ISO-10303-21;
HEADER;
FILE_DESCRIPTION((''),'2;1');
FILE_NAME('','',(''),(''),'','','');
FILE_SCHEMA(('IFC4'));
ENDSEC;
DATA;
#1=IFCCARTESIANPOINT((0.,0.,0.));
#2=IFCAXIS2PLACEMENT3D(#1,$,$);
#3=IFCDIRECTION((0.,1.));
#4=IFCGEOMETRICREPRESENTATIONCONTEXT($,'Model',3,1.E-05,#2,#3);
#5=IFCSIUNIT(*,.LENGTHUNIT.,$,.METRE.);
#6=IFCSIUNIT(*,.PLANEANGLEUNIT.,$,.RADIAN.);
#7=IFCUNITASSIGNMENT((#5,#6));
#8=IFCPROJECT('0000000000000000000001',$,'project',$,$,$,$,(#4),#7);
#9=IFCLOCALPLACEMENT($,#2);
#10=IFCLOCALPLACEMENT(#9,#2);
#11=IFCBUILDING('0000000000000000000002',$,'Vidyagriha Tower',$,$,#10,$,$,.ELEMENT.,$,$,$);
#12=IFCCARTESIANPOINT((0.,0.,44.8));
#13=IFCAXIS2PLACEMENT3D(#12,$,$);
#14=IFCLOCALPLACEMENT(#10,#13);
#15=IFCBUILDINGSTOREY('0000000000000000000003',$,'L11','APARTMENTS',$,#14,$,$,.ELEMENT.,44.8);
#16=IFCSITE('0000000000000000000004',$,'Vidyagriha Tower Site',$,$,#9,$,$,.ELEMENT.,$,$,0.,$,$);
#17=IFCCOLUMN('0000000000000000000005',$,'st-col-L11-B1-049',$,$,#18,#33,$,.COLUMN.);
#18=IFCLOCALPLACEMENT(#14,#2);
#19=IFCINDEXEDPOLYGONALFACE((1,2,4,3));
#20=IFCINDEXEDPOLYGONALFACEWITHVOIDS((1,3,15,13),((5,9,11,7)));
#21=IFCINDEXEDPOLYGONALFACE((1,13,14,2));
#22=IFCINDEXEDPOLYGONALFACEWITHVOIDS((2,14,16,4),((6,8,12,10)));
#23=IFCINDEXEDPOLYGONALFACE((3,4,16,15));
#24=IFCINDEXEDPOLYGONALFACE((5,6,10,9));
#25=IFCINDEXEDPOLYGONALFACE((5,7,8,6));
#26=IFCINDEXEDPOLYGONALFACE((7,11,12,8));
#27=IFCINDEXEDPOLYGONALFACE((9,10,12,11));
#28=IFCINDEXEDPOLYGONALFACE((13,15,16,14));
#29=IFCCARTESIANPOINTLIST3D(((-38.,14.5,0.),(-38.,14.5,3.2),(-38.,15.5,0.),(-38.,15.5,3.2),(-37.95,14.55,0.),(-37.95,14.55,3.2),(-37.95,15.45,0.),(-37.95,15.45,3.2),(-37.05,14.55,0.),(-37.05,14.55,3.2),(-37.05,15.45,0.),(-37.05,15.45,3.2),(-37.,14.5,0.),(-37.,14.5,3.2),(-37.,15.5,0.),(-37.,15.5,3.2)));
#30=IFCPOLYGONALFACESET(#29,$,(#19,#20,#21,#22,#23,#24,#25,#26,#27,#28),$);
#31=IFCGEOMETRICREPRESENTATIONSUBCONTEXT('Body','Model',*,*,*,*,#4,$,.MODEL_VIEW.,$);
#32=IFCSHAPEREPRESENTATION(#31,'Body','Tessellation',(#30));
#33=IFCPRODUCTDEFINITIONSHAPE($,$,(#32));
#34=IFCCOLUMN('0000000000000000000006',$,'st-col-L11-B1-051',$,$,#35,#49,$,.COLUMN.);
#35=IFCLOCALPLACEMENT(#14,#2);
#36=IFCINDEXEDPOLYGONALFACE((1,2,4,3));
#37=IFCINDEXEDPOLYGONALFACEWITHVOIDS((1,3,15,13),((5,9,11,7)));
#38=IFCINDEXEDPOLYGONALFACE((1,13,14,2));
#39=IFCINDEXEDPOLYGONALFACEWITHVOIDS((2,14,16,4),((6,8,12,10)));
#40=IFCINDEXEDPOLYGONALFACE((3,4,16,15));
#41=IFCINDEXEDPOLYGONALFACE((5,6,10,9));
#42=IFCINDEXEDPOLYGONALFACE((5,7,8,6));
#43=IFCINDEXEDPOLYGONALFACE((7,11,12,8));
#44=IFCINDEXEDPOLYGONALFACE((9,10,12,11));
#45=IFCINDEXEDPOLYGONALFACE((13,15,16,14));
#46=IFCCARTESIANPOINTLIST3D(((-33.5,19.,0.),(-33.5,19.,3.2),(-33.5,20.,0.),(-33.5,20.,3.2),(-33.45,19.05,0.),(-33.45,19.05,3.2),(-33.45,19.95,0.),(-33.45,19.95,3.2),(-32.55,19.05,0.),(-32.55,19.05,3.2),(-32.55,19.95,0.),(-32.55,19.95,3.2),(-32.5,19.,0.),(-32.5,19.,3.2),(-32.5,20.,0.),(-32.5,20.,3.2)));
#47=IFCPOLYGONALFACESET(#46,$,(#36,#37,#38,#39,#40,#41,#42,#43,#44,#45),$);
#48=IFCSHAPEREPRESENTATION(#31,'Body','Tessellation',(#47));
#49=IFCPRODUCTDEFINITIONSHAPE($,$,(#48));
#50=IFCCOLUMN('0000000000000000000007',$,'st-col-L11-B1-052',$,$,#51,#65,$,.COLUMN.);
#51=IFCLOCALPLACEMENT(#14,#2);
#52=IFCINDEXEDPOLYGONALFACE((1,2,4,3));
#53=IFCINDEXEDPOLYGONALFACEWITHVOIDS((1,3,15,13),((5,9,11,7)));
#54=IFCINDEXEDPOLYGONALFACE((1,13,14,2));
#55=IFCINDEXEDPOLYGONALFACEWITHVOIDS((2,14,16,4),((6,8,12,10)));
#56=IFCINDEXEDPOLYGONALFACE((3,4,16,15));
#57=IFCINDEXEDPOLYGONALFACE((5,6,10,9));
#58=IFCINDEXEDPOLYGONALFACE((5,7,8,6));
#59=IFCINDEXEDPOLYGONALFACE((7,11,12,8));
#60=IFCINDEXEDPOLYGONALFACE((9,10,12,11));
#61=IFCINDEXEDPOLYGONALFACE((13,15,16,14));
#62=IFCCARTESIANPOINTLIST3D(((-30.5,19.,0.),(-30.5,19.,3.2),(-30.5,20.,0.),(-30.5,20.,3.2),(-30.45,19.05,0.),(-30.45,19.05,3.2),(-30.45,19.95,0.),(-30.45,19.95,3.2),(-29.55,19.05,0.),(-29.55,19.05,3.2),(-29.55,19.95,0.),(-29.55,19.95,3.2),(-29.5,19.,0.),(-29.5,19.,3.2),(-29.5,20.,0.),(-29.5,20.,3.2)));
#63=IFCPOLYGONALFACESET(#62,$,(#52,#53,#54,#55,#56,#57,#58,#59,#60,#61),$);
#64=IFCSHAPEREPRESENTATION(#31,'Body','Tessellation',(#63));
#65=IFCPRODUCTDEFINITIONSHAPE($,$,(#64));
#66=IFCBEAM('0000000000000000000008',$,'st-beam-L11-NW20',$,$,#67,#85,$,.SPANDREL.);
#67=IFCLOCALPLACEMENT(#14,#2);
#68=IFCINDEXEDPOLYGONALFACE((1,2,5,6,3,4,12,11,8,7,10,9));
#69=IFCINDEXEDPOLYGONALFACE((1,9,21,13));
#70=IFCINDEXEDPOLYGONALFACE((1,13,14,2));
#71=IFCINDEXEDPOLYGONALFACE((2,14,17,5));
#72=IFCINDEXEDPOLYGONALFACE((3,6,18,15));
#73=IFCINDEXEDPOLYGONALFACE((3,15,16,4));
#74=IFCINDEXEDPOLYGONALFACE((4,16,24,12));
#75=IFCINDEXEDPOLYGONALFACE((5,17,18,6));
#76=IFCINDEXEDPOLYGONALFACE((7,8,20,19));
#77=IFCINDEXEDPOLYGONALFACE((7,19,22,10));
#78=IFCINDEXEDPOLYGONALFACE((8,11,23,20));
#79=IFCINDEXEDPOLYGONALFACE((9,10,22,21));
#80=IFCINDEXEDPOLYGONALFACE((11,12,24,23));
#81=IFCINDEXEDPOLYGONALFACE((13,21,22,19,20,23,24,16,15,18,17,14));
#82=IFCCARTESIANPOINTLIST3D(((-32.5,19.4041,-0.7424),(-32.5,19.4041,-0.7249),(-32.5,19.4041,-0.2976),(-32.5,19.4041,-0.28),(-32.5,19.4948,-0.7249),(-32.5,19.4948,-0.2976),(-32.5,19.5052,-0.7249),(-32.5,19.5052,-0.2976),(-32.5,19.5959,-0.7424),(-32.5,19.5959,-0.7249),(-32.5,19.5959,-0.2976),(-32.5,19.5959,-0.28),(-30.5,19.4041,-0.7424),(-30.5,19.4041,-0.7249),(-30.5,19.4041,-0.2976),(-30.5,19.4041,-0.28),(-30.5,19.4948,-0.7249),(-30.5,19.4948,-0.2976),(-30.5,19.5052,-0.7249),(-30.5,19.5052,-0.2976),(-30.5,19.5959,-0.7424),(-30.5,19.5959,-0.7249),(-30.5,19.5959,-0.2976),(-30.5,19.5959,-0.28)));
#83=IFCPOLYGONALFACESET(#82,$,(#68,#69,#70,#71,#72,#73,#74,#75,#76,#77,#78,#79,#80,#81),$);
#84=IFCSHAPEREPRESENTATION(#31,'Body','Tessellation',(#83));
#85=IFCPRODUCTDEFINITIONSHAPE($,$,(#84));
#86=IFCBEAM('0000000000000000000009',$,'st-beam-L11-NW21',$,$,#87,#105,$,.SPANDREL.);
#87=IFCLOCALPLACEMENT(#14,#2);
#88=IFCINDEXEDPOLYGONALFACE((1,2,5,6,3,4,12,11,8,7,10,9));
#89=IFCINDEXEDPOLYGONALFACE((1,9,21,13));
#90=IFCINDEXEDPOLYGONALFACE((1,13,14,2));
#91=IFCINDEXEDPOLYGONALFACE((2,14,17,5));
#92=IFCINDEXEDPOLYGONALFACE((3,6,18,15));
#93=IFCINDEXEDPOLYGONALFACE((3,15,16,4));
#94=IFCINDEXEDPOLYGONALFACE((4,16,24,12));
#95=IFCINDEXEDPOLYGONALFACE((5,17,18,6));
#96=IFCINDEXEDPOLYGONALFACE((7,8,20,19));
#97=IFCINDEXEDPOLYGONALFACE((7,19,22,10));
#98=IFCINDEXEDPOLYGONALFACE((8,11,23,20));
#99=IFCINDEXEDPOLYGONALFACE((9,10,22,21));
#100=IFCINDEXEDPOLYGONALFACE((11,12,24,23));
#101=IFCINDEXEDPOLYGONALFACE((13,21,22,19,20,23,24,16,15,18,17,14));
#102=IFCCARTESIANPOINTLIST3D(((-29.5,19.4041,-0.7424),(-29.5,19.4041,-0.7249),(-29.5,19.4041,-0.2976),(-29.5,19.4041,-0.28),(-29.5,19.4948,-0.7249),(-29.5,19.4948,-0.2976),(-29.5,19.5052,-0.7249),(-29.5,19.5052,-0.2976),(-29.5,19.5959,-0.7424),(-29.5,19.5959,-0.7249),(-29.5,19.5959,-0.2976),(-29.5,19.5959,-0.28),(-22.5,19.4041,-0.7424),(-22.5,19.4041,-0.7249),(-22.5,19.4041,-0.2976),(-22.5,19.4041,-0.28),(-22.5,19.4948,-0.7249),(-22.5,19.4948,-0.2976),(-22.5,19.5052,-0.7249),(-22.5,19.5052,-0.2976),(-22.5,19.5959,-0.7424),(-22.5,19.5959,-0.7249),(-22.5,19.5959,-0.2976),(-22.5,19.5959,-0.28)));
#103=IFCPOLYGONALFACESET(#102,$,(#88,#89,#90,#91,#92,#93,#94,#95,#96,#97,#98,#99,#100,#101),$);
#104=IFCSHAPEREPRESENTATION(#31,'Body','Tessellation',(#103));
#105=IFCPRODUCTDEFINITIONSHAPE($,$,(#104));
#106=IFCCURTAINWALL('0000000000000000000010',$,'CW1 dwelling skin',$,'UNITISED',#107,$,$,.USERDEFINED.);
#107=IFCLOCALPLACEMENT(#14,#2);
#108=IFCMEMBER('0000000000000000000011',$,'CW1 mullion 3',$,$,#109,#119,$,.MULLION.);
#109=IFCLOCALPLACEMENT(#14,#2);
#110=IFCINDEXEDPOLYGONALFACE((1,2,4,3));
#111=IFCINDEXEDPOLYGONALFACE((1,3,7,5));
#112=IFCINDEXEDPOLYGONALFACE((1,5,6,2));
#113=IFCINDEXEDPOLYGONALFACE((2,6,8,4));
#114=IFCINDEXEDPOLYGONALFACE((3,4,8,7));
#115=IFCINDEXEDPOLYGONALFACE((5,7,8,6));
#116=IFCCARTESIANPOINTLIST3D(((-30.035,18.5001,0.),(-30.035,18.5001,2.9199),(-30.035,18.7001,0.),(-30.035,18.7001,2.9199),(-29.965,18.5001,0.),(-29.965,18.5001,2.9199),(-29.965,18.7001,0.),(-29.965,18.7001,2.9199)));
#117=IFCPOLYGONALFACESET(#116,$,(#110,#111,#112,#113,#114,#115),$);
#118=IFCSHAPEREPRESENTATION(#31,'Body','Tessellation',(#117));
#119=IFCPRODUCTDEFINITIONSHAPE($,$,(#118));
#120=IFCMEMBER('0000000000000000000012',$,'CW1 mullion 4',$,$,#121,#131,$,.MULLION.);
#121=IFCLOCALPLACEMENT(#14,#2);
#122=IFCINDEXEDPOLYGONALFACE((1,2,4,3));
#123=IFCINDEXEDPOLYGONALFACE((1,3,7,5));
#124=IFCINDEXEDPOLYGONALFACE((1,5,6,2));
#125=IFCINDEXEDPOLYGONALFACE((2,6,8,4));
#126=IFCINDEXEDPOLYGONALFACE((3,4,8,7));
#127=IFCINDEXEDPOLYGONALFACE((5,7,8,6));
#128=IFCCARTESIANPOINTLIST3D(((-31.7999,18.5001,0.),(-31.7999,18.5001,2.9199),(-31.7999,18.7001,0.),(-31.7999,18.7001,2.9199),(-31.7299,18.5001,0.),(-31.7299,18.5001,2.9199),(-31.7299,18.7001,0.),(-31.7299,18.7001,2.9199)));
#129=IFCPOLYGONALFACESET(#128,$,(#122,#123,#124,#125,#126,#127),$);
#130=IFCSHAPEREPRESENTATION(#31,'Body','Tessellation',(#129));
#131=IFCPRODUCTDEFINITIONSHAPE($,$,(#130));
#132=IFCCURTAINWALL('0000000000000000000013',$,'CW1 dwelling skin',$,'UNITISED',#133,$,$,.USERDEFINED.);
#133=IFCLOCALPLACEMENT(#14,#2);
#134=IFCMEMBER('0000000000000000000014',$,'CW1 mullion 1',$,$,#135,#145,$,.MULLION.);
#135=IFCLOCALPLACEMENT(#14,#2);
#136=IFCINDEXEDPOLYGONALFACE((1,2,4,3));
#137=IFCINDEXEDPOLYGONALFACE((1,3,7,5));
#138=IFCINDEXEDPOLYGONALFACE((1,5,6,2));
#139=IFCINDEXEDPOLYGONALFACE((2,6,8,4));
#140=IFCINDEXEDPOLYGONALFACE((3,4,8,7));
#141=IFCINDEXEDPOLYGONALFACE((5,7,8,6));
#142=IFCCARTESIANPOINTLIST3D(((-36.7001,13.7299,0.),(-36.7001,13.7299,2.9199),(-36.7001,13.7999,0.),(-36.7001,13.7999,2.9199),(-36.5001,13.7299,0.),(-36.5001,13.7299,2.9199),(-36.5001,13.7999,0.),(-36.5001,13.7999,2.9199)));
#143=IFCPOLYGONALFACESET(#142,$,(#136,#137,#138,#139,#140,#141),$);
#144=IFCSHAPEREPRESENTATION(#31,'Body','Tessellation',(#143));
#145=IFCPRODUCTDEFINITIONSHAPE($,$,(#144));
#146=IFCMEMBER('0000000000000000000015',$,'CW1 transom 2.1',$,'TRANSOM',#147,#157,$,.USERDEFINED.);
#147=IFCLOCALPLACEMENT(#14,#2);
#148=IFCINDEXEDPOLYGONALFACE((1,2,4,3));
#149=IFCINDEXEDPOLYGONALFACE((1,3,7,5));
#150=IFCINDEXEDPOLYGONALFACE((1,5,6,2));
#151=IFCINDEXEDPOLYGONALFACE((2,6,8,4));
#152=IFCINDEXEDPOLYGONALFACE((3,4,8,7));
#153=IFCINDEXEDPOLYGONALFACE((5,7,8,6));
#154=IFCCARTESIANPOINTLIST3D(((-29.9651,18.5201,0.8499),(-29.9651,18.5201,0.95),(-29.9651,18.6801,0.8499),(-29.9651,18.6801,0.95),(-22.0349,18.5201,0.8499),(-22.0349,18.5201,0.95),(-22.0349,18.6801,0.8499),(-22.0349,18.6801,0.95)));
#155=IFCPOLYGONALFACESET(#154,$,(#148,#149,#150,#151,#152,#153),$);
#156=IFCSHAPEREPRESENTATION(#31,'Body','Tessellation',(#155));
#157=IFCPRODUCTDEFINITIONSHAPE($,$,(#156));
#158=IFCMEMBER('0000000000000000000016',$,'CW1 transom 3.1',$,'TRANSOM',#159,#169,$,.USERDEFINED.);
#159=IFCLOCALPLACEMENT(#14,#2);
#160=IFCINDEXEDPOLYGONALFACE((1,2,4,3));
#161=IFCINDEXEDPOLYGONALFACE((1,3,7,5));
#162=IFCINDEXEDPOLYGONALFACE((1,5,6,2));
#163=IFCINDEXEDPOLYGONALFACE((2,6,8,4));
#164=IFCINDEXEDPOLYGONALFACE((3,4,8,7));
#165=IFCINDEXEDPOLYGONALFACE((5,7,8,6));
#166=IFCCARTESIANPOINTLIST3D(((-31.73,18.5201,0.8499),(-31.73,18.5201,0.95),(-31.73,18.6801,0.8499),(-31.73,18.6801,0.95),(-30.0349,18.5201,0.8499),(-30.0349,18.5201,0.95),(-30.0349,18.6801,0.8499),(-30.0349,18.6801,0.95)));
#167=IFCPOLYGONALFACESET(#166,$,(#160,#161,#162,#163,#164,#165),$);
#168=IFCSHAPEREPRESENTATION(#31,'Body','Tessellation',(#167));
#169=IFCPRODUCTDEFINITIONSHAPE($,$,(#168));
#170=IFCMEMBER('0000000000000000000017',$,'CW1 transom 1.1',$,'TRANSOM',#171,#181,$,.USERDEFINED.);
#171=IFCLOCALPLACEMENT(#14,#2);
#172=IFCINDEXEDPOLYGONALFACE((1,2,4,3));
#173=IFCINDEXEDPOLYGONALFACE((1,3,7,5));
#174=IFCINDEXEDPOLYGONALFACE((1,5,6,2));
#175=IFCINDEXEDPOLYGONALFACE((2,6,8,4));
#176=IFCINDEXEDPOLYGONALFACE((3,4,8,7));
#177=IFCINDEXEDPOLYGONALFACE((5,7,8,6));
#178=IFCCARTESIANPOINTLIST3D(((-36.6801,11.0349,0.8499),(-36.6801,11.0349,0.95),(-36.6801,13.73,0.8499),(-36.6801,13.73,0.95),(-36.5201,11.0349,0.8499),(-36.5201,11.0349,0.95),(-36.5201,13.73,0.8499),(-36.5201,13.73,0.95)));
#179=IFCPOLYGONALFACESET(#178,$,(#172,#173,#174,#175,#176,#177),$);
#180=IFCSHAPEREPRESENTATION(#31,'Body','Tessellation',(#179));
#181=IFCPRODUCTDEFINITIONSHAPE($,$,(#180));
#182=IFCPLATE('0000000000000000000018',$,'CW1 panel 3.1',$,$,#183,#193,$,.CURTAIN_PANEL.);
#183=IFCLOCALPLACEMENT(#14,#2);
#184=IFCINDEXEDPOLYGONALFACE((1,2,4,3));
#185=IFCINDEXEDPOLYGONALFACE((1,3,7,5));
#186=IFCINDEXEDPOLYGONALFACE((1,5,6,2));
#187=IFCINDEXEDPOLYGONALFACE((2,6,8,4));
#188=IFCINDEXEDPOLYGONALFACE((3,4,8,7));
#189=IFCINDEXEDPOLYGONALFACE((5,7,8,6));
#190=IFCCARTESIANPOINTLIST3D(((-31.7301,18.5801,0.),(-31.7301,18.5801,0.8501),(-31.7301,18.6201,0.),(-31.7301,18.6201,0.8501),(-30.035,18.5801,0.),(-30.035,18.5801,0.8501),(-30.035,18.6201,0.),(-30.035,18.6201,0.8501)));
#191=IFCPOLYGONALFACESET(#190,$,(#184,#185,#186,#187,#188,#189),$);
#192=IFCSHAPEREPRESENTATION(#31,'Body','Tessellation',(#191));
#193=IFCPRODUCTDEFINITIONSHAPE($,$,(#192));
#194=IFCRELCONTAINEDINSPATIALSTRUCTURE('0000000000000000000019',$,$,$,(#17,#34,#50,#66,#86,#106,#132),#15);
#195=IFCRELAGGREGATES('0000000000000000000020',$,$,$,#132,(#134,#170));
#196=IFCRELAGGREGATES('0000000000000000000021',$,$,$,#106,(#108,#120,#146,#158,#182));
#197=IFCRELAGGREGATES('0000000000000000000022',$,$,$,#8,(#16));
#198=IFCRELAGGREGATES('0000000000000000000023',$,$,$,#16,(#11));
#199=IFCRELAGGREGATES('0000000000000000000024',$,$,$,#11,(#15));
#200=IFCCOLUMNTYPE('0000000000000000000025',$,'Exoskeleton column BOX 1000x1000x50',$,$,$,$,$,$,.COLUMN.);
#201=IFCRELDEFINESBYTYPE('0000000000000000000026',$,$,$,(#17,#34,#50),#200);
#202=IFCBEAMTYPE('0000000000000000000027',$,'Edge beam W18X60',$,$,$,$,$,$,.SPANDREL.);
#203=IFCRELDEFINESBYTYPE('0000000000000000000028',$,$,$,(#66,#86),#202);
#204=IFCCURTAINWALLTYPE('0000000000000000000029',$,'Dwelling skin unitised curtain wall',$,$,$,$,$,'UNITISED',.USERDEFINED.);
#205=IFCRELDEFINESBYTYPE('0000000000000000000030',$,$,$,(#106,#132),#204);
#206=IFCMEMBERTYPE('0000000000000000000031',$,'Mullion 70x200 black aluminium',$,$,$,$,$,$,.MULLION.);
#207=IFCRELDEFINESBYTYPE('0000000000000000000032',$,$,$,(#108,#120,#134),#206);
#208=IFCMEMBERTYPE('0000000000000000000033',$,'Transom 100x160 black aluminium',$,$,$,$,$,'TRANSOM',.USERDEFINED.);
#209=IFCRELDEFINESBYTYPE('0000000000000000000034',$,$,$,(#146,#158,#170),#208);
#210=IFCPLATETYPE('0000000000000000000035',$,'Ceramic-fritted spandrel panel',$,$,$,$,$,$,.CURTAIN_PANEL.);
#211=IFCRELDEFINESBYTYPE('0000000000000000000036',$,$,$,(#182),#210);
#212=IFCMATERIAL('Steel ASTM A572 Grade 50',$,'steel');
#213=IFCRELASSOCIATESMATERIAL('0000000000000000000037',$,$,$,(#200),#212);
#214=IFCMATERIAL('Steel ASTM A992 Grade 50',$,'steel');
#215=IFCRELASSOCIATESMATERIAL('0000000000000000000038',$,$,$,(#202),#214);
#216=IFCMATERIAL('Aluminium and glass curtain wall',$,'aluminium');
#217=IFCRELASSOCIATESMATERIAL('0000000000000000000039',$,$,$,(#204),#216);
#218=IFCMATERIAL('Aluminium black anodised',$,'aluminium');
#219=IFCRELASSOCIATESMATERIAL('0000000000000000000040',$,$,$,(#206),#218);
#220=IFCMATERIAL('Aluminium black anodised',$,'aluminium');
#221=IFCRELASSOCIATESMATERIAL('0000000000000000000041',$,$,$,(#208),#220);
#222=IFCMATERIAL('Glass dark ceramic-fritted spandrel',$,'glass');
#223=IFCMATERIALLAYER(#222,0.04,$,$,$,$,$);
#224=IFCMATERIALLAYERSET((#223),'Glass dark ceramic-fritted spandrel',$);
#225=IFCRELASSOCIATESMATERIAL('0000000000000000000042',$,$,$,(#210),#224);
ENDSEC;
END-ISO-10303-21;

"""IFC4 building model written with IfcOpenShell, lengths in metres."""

from ifc_helpers import new_model, si_unit, direction, frame, origin, origin_2d, place, context, subcontext, project, spatial, rectangle, hollow_rectangle, i_section, extrude, material, layer, layer_set, material_profile, profile_set, type_object, element, aggregate, save


model = new_model("IFC4")

# Units and contexts
model_context = context("Model", 3, precision=1e-05, world=origin(), true_north=direction((0.0, 1.0)))
body_context = subcontext(model_context, "Body", "Model", "MODEL_VIEW")
ifc_project = project(units=[si_unit("LENGTHUNIT", "METRE"), si_unit("PLANEANGLEUNIT", "RADIAN")], contexts=[model_context])

# Site, building, storey
site_placement = place(None, origin())
site = spatial("IfcSite", under=ifc_project, at=site_placement, Name="Vidyagriha Tower Site", CompositionType="ELEMENT", RefElevation=0.0)
building_placement = place(site_placement, origin())
building = spatial("IfcBuilding", under=site, at=building_placement, Name="Vidyagriha Tower", CompositionType="ELEMENT")
storey_placement = place(building_placement, frame((0.0, 0.0, 44.8)))
storey = spatial("IfcBuildingStorey", under=building, at=storey_placement, Name="L11", Description="APARTMENTS", CompositionType="ELEMENT", Elevation=44.8)

# Columns
ifc_material_1 = material(Name="Steel ASTM A572 Grade 50", Category="steel")
ifc_material_profile_1 = material_profile(ifc_material_1, hollow_rectangle(XDim=1.0, YDim=1.0, WallThickness=0.05, at=origin_2d()), Name="BOX 1000x1000x50")
ifc_profile_set_1 = profile_set([ifc_material_profile_1], Name="Steel ASTM A572 Grade 50")
column_type = type_object("IfcColumnType", Name="Exoskeleton column BOX 1000x1000x50", PredefinedType="COLUMN", material=ifc_profile_set_1)
for number, where, name in (
    (1, (-37.5, 15.0, 0.0), "st-col-L11-B1-049"),
    (2, (-33.0, 19.5, 0.0), "st-col-L11-B1-051"),
    (3, (-30.0, 19.5, 0.0), "st-col-L11-B1-052"),
):
    element("IfcColumn", number, at=place(storey_placement, frame(where)), inside=storey, type_object=column_type, Name=name, PredefinedType="COLUMN", context=body_context, shape_type="SweptSolid", body=[
        extrude(hollow_rectangle(XDim=1.0, YDim=1.0, WallThickness=0.05, at=origin_2d()), origin(), (0.0, 0.0, 1.0), 3.2),
    ])

# Beams
ifc_material_2 = material(Name="Steel ASTM A992 Grade 50", Category="steel")
ifc_material_profile_2 = material_profile(ifc_material_2, i_section(OverallWidth=0.1919, OverallDepth=0.4624, WebThickness=0.0105, FlangeThickness=0.0176, at=origin_2d()), Name="W18X60")
ifc_profile_set_2 = profile_set([ifc_material_profile_2], Name="Steel ASTM A992 Grade 50")
beam_type = type_object("IfcBeamType", Name="Edge beam W18X60", PredefinedType="SPANDREL", material=ifc_profile_set_2)
beam_1_placement = place(storey_placement, frame((-32.5, 19.5, -0.5112), z_axis=(1.0, 0.0, 0.0), x_axis=(0.0, 1.0, 0.0)))
element("IfcBeam", 4, at=beam_1_placement, inside=storey, type_object=beam_type, Name="st-beam-L11-NW20", PredefinedType="SPANDREL", context=body_context, shape_type="SweptSolid", body=[
    extrude(i_section(OverallWidth=0.1919, OverallDepth=0.4624, WebThickness=0.0105, FlangeThickness=0.0176, at=origin_2d()), origin(), (0.0, 0.0, 1.0), 2.0),
])
beam_2_placement = place(storey_placement, frame((-29.5, 19.5, -0.5112), z_axis=(1.0, 0.0, 0.0), x_axis=(0.0, 1.0, 0.0)))
element("IfcBeam", 5, at=beam_2_placement, inside=storey, type_object=beam_type, Name="st-beam-L11-NW21", PredefinedType="SPANDREL", context=body_context, shape_type="SweptSolid", body=[
    extrude(i_section(OverallWidth=0.1919, OverallDepth=0.4624, WebThickness=0.0105, FlangeThickness=0.0176, at=origin_2d()), origin(), (0.0, 0.0, 1.0), 7.0),
])

# Curtain wall, members
ifc_material_3 = material(Name="Aluminium and glass curtain wall", Category="aluminium")
curtain_wall_type = type_object("IfcCurtainWallType", Name="Dwelling skin unitised curtain wall", ElementType="UNITISED", PredefinedType="USERDEFINED", material=ifc_material_3)
curtain_wall_1_placement = place(storey_placement, origin())
curtain_wall_1 = element("IfcCurtainWall", 6, at=curtain_wall_1_placement, inside=storey, type_object=curtain_wall_type, Name="CW1 dwelling skin", ObjectType="UNITISED", PredefinedType="USERDEFINED")
ifc_material_4 = material(Name="Aluminium black anodised", Category="aluminium")
ifc_material_profile_3 = material_profile(ifc_material_4, rectangle(XDim=0.2, YDim=0.0701, at=origin_2d()), Name="Mullion 70x200 black aluminium")
ifc_profile_set_3 = profile_set([ifc_material_profile_3], Name="Aluminium black anodised")
member_type_1 = type_object("IfcMemberType", Name="Mullion 70x200 black aluminium", PredefinedType="MULLION", material=ifc_profile_set_3)
member_1_placement = place(storey_placement, frame((-30.0, 18.6001, 0.0), z_axis=(0.0, 0.0, 1.0), x_axis=(0.0, -1.0, 0.0)))
member_1 = element("IfcMember", 7, at=member_1_placement, type_object=member_type_1, Name="CW1 mullion 3", PredefinedType="MULLION", context=body_context, shape_type="SweptSolid", body=[
    extrude(rectangle(XDim=0.2, YDim=0.0701, at=origin_2d()), origin(), (0.0, 0.0, 1.0), 2.9199),
])
member_2_placement = place(storey_placement, frame((-31.7649, 18.6001, 0.0), z_axis=(0.0, 0.0, 1.0), x_axis=(0.0, -1.0, 0.0)))
member_2 = element("IfcMember", 8, at=member_2_placement, type_object=member_type_1, Name="CW1 mullion 4", PredefinedType="MULLION", context=body_context, shape_type="SweptSolid", body=[
    extrude(rectangle(XDim=0.2, YDim=0.0701, at=origin_2d()), origin(), (0.0, 0.0, 1.0), 2.9199),
])

# Curtain wall, member
curtain_wall_2_placement = place(storey_placement, origin())
curtain_wall_2 = element("IfcCurtainWall", 9, at=curtain_wall_2_placement, inside=storey, type_object=curtain_wall_type, Name="CW1 dwelling skin", ObjectType="UNITISED", PredefinedType="USERDEFINED")
member_3_placement = place(storey_placement, frame((-36.6001, 13.7649, 0.0)))
member_3 = element("IfcMember", 10, at=member_3_placement, type_object=member_type_1, Name="CW1 mullion 1", PredefinedType="MULLION", context=body_context, shape_type="SweptSolid", body=[
    extrude(rectangle(XDim=0.2, YDim=0.0701, at=origin_2d()), origin(), (0.0, 0.0, 1.0), 2.9199),
])

# Members
ifc_material_5 = material(Name="Aluminium black anodised", Category="aluminium")
ifc_material_profile_4 = material_profile(ifc_material_5, rectangle(XDim=0.1599, YDim=0.1001, at=origin_2d()), Name="Transom 100x160 black aluminium")
ifc_profile_set_4 = profile_set([ifc_material_profile_4], Name="Aluminium black anodised")
member_type_2 = type_object("IfcMemberType", Name="Transom 100x160 black aluminium", ElementType="TRANSOM", PredefinedType="USERDEFINED", material=ifc_profile_set_4)
member_4_placement = place(storey_placement, frame((-22.0349, 18.6001, 0.8999), z_axis=(-1.0, 0.0, 0.0), x_axis=(0.0, -1.0, 0.0)))
member_4 = element("IfcMember", 11, at=member_4_placement, type_object=member_type_2, Name="CW1 transom 2.1", ObjectType="TRANSOM", PredefinedType="USERDEFINED", context=body_context, shape_type="SweptSolid", body=[
    extrude(rectangle(XDim=0.1599, YDim=0.1001, at=origin_2d()), origin(), (0.0, 0.0, 1.0), 7.9302),
])
member_5_placement = place(storey_placement, frame((-30.0349, 18.6001, 0.8999), z_axis=(-1.0, 0.0, 0.0), x_axis=(0.0, -1.0, 0.0)))
member_5 = element("IfcMember", 12, at=member_5_placement, type_object=member_type_2, Name="CW1 transom 3.1", ObjectType="TRANSOM", PredefinedType="USERDEFINED", context=body_context, shape_type="SweptSolid", body=[
    extrude(rectangle(XDim=0.1599, YDim=0.1001, at=origin_2d()), origin(), (0.0, 0.0, 1.0), 1.6951),
])
member_6_placement = place(storey_placement, frame((-36.6001, 13.73, 0.8999), z_axis=(0.0, -1.0, 0.0), x_axis=(1.0, 0.0, 0.0)))
member_6 = element("IfcMember", 13, at=member_6_placement, type_object=member_type_2, Name="CW1 transom 1.1", ObjectType="TRANSOM", PredefinedType="USERDEFINED", context=body_context, shape_type="SweptSolid", body=[
    extrude(rectangle(XDim=0.1599, YDim=0.1001, at=origin_2d()), origin(), (0.0, 0.0, 1.0), 2.6951),
])

# Plate
ifc_material_6 = material(Name="Glass dark ceramic-fritted spandrel", Category="glass")
ifc_layer_1 = layer(ifc_material_6, 0.04)
ifc_layer_set_1 = layer_set([ifc_layer_1], Name="Glass dark ceramic-fritted spandrel")
plate_type_1 = type_object("IfcPlateType", Name="Ceramic-fritted spandrel panel", PredefinedType="CURTAIN_PANEL", material=ifc_layer_set_1)
plate_1_placement = place(storey_placement, frame((-30.8826, 18.6001, 0.0), z_axis=(0.0, 0.0, 1.0), x_axis=(-1.0, 0.0, 0.0)))
plate_1 = element("IfcPlate", 14, at=plate_1_placement, type_object=plate_type_1, Name="CW1 panel 3.1", PredefinedType="CURTAIN_PANEL", context=body_context, shape_type="SweptSolid", body=[
    extrude(rectangle(XDim=1.6951, YDim=0.04, at=origin_2d()), origin(), (0.0, 0.0, 1.0), 0.8501),
])
aggregate(curtain_wall_2, [member_3, member_6])
aggregate(curtain_wall_1, [member_1, member_2, member_4, member_5, plate_1])

save(model, "model.ifc")
